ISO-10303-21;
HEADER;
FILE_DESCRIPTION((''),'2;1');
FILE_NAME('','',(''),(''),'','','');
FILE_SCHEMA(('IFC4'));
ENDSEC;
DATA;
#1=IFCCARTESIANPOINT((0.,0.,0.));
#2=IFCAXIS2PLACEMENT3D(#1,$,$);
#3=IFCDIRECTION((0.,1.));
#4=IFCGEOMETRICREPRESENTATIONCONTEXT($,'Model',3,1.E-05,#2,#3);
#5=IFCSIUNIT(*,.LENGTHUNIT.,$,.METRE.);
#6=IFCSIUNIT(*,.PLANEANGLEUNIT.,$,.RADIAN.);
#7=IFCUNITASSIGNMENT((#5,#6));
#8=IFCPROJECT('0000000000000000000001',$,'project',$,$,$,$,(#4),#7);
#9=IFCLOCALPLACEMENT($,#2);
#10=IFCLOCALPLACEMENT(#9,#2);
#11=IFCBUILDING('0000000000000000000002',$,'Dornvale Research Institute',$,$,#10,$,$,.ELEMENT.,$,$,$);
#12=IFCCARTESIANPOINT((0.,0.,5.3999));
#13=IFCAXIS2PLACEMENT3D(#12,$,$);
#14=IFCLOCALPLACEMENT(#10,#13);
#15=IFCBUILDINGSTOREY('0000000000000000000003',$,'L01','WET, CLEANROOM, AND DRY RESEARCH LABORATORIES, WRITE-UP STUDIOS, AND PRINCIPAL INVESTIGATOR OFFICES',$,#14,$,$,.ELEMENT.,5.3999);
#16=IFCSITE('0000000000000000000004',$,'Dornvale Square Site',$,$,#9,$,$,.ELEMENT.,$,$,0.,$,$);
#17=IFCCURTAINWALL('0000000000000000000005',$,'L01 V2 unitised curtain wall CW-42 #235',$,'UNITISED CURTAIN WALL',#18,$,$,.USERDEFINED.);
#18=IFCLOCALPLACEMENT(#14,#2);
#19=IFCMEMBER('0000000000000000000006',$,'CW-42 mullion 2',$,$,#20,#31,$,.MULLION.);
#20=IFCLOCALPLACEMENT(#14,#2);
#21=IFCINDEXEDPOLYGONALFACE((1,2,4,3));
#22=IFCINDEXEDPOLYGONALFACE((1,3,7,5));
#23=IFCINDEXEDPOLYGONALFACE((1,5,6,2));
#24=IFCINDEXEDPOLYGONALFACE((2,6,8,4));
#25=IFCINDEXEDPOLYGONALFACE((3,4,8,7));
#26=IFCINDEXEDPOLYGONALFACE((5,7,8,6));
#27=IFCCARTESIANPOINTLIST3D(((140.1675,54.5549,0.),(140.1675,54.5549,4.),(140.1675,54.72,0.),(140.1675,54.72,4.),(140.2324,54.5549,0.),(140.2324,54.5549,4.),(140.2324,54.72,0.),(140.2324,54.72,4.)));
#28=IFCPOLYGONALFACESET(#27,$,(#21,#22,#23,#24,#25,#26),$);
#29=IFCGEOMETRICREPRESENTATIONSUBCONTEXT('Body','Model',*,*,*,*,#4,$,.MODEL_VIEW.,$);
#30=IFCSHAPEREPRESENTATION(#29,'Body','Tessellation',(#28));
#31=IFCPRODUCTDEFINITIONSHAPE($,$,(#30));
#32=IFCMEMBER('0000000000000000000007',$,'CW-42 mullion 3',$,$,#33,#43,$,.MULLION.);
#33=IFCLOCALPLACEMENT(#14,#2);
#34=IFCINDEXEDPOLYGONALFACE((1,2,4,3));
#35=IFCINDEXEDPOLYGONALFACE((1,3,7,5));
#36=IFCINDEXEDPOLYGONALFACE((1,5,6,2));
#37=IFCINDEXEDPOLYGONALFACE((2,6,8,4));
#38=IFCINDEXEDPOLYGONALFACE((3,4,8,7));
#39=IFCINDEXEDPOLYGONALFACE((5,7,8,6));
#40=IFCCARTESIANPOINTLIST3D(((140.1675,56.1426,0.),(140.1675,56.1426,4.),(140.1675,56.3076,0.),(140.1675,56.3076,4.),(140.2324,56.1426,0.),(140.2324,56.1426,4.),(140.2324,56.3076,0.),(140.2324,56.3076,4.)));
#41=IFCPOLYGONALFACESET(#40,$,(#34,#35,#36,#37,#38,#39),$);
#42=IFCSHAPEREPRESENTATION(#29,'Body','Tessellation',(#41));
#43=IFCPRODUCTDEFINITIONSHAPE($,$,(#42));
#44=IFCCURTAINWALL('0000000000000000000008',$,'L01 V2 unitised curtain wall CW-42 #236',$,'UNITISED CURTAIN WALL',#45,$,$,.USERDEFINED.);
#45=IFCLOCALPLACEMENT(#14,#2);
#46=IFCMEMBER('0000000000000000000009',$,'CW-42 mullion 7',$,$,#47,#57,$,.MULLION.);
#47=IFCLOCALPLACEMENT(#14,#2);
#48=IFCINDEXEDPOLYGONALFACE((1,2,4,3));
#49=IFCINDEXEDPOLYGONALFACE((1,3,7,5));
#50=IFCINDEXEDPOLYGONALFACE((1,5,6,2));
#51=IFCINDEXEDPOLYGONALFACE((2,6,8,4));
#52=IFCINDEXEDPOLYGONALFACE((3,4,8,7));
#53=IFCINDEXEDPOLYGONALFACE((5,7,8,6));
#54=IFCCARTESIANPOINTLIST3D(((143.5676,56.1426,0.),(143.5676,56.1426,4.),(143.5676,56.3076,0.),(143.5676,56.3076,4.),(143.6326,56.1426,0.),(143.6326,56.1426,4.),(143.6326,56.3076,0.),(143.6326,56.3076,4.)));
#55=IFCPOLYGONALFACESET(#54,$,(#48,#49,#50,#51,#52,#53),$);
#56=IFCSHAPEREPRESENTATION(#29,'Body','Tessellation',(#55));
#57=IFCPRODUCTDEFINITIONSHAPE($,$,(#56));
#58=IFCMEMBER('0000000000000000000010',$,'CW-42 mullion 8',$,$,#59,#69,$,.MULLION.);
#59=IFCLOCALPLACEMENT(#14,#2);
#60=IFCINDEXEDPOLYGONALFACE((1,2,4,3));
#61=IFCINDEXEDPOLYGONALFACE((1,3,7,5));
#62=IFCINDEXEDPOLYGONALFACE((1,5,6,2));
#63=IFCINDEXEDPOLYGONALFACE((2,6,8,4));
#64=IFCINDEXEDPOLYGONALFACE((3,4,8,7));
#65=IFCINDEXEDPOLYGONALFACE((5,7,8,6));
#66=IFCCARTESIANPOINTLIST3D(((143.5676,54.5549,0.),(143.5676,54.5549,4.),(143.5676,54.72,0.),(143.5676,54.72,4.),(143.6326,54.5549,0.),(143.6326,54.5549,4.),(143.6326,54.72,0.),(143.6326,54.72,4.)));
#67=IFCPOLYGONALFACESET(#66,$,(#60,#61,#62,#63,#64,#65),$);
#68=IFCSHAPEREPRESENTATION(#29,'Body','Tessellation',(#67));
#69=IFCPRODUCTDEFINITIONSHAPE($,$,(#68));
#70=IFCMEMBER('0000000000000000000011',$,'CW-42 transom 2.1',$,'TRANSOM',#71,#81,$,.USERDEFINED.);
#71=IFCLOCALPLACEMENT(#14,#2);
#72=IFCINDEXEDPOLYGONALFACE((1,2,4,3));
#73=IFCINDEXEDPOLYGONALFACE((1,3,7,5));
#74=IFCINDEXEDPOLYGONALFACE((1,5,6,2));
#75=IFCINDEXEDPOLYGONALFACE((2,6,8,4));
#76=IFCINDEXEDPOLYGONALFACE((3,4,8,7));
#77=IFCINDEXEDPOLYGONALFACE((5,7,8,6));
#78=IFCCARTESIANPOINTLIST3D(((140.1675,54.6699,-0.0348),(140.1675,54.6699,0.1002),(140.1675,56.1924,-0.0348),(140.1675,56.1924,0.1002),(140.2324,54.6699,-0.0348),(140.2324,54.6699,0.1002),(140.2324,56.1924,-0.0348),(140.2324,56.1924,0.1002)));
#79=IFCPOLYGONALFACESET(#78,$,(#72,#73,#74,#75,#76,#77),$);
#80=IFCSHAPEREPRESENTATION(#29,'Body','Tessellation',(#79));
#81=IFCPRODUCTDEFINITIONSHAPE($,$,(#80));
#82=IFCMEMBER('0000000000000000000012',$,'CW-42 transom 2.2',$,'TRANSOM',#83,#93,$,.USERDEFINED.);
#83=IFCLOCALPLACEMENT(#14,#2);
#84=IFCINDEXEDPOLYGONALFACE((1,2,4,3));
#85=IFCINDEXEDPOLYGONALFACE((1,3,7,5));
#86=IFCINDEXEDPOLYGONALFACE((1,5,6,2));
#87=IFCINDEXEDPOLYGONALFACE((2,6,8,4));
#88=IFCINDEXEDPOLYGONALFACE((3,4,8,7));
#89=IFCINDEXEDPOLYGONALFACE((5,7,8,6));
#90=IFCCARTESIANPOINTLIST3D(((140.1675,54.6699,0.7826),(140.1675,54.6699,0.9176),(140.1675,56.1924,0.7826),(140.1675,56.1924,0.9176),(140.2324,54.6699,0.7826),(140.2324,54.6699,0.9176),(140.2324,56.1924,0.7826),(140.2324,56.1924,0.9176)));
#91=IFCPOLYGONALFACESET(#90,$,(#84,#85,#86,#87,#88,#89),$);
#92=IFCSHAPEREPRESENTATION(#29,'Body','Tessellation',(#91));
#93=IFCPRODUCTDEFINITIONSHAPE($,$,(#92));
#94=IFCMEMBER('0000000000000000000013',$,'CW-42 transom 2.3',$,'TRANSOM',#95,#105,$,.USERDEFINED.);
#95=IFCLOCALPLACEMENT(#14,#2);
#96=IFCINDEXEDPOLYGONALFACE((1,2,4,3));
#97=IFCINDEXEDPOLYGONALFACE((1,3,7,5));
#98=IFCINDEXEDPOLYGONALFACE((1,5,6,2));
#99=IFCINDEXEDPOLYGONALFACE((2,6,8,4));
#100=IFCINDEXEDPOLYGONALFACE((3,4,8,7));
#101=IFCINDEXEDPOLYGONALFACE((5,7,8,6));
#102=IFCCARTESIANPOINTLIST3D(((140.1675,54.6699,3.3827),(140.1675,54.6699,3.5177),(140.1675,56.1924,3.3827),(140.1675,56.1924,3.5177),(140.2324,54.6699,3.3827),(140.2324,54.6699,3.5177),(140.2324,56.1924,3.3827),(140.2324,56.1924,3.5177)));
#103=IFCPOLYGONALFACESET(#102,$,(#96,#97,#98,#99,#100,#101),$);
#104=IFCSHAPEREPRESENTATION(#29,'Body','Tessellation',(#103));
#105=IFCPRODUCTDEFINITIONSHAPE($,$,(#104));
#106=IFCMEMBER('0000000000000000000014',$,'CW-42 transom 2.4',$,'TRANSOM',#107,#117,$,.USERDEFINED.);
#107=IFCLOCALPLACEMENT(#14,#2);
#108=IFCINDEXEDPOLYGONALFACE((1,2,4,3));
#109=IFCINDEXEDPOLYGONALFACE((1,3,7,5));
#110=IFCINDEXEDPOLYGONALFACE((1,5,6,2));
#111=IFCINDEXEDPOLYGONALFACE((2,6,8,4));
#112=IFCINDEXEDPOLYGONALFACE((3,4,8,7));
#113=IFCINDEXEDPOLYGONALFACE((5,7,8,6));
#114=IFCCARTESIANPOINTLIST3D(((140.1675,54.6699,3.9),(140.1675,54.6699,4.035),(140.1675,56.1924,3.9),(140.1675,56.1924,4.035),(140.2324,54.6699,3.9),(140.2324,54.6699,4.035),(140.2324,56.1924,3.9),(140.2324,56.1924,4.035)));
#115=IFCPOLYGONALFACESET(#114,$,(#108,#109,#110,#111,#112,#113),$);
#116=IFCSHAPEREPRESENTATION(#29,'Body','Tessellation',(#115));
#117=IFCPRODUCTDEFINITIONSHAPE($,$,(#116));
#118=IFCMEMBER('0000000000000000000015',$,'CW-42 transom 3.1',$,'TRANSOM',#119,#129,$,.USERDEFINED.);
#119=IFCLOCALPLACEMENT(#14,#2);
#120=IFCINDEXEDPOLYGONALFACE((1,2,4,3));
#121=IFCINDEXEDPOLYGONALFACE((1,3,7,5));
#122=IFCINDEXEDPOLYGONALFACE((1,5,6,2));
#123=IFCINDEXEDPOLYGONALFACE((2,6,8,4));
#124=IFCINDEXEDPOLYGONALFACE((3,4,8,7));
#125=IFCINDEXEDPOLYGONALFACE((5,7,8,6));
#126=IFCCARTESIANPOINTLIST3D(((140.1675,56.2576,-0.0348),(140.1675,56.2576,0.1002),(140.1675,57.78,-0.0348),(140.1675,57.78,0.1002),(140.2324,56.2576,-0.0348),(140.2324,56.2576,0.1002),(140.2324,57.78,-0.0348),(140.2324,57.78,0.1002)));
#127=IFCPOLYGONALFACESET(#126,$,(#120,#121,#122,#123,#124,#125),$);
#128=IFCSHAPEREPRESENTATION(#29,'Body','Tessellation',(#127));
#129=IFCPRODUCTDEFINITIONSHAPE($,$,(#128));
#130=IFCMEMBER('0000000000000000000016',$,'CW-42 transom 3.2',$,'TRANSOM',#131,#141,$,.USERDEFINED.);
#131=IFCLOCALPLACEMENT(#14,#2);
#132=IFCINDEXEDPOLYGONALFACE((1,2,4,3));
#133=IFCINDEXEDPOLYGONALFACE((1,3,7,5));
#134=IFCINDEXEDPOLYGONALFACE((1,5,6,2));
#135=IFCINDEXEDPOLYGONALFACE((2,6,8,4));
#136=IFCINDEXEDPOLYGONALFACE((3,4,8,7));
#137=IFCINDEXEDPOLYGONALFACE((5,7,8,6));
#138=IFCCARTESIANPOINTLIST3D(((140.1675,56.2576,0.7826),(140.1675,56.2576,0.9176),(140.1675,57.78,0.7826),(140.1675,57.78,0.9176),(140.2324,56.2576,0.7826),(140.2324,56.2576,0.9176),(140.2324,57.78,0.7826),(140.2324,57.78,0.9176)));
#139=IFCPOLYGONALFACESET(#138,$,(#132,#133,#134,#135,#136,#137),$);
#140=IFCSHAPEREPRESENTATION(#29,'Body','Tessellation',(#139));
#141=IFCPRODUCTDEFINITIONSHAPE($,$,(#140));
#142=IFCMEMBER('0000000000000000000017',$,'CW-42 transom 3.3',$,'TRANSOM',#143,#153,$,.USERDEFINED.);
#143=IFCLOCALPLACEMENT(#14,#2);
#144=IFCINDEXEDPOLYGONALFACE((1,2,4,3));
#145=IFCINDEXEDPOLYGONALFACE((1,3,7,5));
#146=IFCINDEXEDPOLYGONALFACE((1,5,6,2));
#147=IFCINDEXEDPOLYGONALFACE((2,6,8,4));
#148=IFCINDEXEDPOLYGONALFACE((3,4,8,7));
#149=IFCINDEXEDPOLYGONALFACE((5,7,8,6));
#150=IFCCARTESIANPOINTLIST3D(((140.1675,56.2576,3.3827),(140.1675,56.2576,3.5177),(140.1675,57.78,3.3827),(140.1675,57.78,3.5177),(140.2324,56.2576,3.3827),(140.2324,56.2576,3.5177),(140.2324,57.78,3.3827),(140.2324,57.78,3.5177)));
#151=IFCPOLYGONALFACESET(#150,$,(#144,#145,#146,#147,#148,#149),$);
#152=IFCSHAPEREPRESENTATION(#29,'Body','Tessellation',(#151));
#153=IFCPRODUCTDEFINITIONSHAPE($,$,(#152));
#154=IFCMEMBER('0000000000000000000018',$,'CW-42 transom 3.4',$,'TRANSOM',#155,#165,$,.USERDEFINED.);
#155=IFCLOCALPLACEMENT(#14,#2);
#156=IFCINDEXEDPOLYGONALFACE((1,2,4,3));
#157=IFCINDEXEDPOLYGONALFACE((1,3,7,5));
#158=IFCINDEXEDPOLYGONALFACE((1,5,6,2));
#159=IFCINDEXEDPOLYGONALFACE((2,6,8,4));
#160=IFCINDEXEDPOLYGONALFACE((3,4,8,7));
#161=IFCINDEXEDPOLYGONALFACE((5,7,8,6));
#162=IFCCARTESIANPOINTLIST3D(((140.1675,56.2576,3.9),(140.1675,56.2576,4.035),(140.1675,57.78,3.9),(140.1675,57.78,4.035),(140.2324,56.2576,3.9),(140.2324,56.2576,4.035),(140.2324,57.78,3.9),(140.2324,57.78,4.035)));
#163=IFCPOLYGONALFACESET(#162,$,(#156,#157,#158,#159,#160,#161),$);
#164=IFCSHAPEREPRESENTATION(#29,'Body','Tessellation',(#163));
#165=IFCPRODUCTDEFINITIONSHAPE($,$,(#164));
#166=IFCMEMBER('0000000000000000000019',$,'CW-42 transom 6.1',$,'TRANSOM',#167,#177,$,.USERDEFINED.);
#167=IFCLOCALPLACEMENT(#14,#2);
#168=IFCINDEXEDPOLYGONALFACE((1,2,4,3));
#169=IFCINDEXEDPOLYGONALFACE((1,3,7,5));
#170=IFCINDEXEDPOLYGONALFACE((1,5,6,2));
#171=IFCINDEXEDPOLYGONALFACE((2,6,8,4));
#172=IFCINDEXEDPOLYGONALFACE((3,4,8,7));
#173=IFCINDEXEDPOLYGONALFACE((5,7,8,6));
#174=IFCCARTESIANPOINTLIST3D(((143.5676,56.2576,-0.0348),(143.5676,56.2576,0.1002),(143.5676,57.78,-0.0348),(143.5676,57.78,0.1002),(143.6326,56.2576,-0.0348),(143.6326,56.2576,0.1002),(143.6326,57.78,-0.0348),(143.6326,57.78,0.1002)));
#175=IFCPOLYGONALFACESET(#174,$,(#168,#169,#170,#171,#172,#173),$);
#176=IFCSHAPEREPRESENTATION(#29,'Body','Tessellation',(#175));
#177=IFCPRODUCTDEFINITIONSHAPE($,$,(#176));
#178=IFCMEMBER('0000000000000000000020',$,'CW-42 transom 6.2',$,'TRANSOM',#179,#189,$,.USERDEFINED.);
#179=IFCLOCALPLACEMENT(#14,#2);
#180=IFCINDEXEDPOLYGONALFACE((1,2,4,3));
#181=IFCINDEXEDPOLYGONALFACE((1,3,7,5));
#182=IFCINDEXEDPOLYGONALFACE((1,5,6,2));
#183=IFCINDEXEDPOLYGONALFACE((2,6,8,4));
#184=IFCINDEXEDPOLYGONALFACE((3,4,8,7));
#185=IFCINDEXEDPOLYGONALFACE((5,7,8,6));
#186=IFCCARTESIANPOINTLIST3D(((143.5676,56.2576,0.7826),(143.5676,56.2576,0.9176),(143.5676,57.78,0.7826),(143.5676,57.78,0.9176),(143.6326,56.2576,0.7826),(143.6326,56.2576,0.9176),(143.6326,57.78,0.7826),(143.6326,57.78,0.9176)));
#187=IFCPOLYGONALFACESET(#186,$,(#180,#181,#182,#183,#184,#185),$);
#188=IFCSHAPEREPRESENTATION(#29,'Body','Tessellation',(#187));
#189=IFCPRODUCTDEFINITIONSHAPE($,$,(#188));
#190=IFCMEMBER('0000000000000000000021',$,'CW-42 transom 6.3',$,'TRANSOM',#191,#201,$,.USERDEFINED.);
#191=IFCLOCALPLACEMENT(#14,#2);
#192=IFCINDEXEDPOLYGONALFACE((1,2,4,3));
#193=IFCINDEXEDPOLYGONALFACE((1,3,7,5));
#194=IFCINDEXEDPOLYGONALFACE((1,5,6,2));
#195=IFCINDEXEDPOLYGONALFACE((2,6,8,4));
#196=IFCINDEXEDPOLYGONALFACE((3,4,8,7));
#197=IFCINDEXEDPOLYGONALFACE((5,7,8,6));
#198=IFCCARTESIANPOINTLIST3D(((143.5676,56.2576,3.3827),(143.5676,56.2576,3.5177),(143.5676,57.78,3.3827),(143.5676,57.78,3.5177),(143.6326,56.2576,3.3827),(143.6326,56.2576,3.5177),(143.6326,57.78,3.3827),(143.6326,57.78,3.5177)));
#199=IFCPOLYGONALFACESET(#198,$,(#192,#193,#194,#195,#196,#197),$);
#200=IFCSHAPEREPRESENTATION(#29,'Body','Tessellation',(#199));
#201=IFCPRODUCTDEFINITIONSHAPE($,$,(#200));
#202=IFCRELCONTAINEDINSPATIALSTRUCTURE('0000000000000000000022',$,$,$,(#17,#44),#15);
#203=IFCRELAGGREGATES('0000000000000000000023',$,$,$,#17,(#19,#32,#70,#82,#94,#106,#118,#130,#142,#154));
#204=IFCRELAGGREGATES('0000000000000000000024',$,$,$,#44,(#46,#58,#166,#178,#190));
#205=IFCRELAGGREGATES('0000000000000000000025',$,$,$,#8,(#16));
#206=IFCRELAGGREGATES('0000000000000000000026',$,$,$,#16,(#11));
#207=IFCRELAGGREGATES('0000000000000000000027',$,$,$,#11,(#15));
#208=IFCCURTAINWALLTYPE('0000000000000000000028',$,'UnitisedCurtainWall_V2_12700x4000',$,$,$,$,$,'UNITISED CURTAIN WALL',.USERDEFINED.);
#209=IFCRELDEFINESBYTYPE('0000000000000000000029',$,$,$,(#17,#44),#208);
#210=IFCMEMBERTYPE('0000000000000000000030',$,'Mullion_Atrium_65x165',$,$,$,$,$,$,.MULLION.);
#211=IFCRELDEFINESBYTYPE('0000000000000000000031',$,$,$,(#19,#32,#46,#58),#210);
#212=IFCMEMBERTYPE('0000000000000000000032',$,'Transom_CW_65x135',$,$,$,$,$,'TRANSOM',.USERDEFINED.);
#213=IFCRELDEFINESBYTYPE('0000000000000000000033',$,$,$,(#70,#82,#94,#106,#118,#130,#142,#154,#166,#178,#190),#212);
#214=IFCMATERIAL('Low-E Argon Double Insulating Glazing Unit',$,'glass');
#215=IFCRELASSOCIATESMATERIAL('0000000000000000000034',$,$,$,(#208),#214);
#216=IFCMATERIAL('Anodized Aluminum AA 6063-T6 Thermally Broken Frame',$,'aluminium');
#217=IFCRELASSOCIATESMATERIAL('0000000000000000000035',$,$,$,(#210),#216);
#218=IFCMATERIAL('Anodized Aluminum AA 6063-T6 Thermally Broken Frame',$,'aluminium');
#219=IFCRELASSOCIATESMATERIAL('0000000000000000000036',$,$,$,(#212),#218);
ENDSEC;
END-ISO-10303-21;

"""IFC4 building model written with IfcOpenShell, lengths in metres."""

from ifc_helpers import new_model, si_unit, direction, frame, origin, origin_2d, place, context, subcontext, project, spatial, rectangle, extrude, material, material_profile, profile_set, type_object, element, aggregate, save


model = new_model("IFC4")

# Units and contexts
model_context = context("Model", 3, precision=1e-05, world=origin(), true_north=direction((0.0, 1.0)))
body_context = subcontext(model_context, "Body", "Model", "MODEL_VIEW")
ifc_project = project(units=[si_unit("LENGTHUNIT", "METRE"), si_unit("PLANEANGLEUNIT", "RADIAN")], contexts=[model_context])

# Site, building, storey
site_placement = place(None, origin())
site = spatial("IfcSite", under=ifc_project, at=site_placement, Name="Dornvale Square Site", CompositionType="ELEMENT", RefElevation=0.0)
building_placement = place(site_placement, origin())
building = spatial("IfcBuilding", under=site, at=building_placement, Name="Dornvale Research Institute", CompositionType="ELEMENT")
storey_placement = place(building_placement, frame((0.0, 0.0, 5.3999)))
storey = spatial("IfcBuildingStorey", under=building, at=storey_placement, Name="L01", Description="WET, CLEANROOM, AND DRY RESEARCH LABORATORIES, WRITE-UP STUDIOS, AND PRINCIPAL INVESTIGATOR OFFICES", CompositionType="ELEMENT", Elevation=5.3999)

# Curtain walls, members
ifc_material_1 = material(Name="Low-E Argon Double Insulating Glazing Unit", Category="glass")
curtain_wall_type = type_object("IfcCurtainWallType", Name="UnitisedCurtainWall_V2_12700x4000", ElementType="UNITISED CURTAIN WALL", PredefinedType="USERDEFINED", material=ifc_material_1)
curtain_wall_1_placement = place(storey_placement, origin())
curtain_wall_1 = element("IfcCurtainWall", 1, at=curtain_wall_1_placement, inside=storey, type_object=curtain_wall_type, Name="L01 V2 unitised curtain wall CW-42 #235", ObjectType="UNITISED CURTAIN WALL", PredefinedType="USERDEFINED")
ifc_material_2 = material(Name="Anodized Aluminum AA 6063-T6 Thermally Broken Frame", Category="aluminium")
ifc_material_profile_1 = material_profile(ifc_material_2, rectangle(XDim=0.0649, YDim=0.165, at=origin_2d()), Name="ALU MULLION 65x165")
ifc_profile_set_1 = profile_set([ifc_material_profile_1], Name="Anodized Aluminum AA 6063-T6 Thermally Broken Frame")
member_type_1 = type_object("IfcMemberType", Name="Mullion_Atrium_65x165", PredefinedType="MULLION", material=ifc_profile_set_1)
member_1_placement = place(storey_placement, frame((140.2, 54.6375, 0.0), z_axis=(0.0, 0.0, 1.0), x_axis=(-1.0, 0.0, 0.0)))
member_1 = element("IfcMember", 2, at=member_1_placement, type_object=member_type_1, Name="CW-42 mullion 2", PredefinedType="MULLION", context=body_context, shape_type="SweptSolid", body=[
    extrude(rectangle(XDim=0.0649, YDim=0.165, at=origin_2d()), origin(), (0.0, 0.0, 1.0), 4.0),
])
member_2_placement = place(storey_placement, frame((140.2, 56.2251, 0.0), z_axis=(0.0, 0.0, 1.0), x_axis=(-1.0, 0.0, 0.0)))
member_2 = element("IfcMember", 3, at=member_2_placement, type_object=member_type_1, Name="CW-42 mullion 3", PredefinedType="MULLION", context=body_context, shape_type="SweptSolid", body=[
    extrude(rectangle(XDim=0.0649, YDim=0.165, at=origin_2d()), origin(), (0.0, 0.0, 1.0), 4.0),
])
curtain_wall_2_placement = place(storey_placement, origin())
curtain_wall_2 = element("IfcCurtainWall", 4, at=curtain_wall_2_placement, inside=storey, type_object=curtain_wall_type, Name="L01 V2 unitised curtain wall CW-42 #236", ObjectType="UNITISED CURTAIN WALL", PredefinedType="USERDEFINED")
member_3_placement = place(storey_placement, frame((143.6001, 56.2251, 0.0), z_axis=(0.0, 0.0, 1.0), x_axis=(1.0, 0.0, 0.0)))
member_3 = element("IfcMember", 5, at=member_3_placement, type_object=member_type_1, Name="CW-42 mullion 7", PredefinedType="MULLION", context=body_context, shape_type="SweptSolid", body=[
    extrude(rectangle(XDim=0.0649, YDim=0.165, at=origin_2d()), origin(), (0.0, 0.0, 1.0), 4.0),
])
member_4_placement = place(storey_placement, frame((143.6001, 54.6375, 0.0), z_axis=(0.0, 0.0, 1.0), x_axis=(1.0, 0.0, 0.0)))
member_4 = element("IfcMember", 6, at=member_4_placement, type_object=member_type_1, Name="CW-42 mullion 8", PredefinedType="MULLION", context=body_context, shape_type="SweptSolid", body=[
    extrude(rectangle(XDim=0.0649, YDim=0.165, at=origin_2d()), origin(), (0.0, 0.0, 1.0), 4.0),
])

# Members
ifc_material_3 = material(Name="Anodized Aluminum AA 6063-T6 Thermally Broken Frame", Category="aluminium")
ifc_material_profile_2 = material_profile(ifc_material_3, rectangle(XDim=0.0649, YDim=0.135, at=origin_2d()), Name="ALU TRANSOM 65x135")
ifc_profile_set_2 = profile_set([ifc_material_profile_2], Name="Anodized Aluminum AA 6063-T6 Thermally Broken Frame")
member_type_2 = type_object("IfcMemberType", Name="Transom_CW_65x135", ElementType="TRANSOM", PredefinedType="USERDEFINED", material=ifc_profile_set_2)
member_5_placement = place(storey_placement, frame((140.2, 54.6699, 0.0327), z_axis=(0.0, 1.0, 0.0), x_axis=(-1.0, 0.0, 0.0)))
member_5 = element("IfcMember", 7, at=member_5_placement, type_object=member_type_2, Name="CW-42 transom 2.1", ObjectType="TRANSOM", PredefinedType="USERDEFINED", context=body_context, shape_type="SweptSolid", body=[
    extrude(rectangle(XDim=0.0649, YDim=0.135, at=origin_2d()), origin(), (0.0, 0.0, 1.0), 1.5225),
])
member_6_placement = place(storey_placement, frame((140.2, 54.6699, 0.8501), z_axis=(0.0, 1.0, 0.0), x_axis=(-1.0, 0.0, 0.0)))
member_6 = element("IfcMember", 8, at=member_6_placement, type_object=member_type_2, Name="CW-42 transom 2.2", ObjectType="TRANSOM", PredefinedType="USERDEFINED", context=body_context, shape_type="SweptSolid", body=[
    extrude(rectangle(XDim=0.0649, YDim=0.135, at=origin_2d()), origin(), (0.0, 0.0, 1.0), 1.5225),
])
member_7_placement = place(storey_placement, frame((140.2, 54.6699, 3.4502), z_axis=(0.0, 1.0, 0.0), x_axis=(-1.0, 0.0, 0.0)))
member_7 = element("IfcMember", 9, at=member_7_placement, type_object=member_type_2, Name="CW-42 transom 2.3", ObjectType="TRANSOM", PredefinedType="USERDEFINED", context=body_context, shape_type="SweptSolid", body=[
    extrude(rectangle(XDim=0.0649, YDim=0.135, at=origin_2d()), origin(), (0.0, 0.0, 1.0), 1.5225),
])
member_8_placement = place(storey_placement, frame((140.2, 54.6699, 3.9675), z_axis=(0.0, 1.0, 0.0), x_axis=(-1.0, 0.0, 0.0)))
member_8 = element("IfcMember", 10, at=member_8_placement, type_object=member_type_2, Name="CW-42 transom 2.4", ObjectType="TRANSOM", PredefinedType="USERDEFINED", context=body_context, shape_type="SweptSolid", body=[
    extrude(rectangle(XDim=0.0649, YDim=0.135, at=origin_2d()), origin(), (0.0, 0.0, 1.0), 1.5225),
])
member_9_placement = place(storey_placement, frame((140.2, 56.2576, 0.0327), z_axis=(0.0, 1.0, 0.0), x_axis=(-1.0, 0.0, 0.0)))
member_9 = element("IfcMember", 11, at=member_9_placement, type_object=member_type_2, Name="CW-42 transom 3.1", ObjectType="TRANSOM", PredefinedType="USERDEFINED", context=body_context, shape_type="SweptSolid", body=[
    extrude(rectangle(XDim=0.0649, YDim=0.135, at=origin_2d()), origin(), (0.0, 0.0, 1.0), 1.5225),
])
member_10_placement = place(storey_placement, frame((140.2, 56.2576, 0.8501), z_axis=(0.0, 1.0, 0.0), x_axis=(-1.0, 0.0, 0.0)))
member_10 = element("IfcMember", 12, at=member_10_placement, type_object=member_type_2, Name="CW-42 transom 3.2", ObjectType="TRANSOM", PredefinedType="USERDEFINED", context=body_context, shape_type="SweptSolid", body=[
    extrude(rectangle(XDim=0.0649, YDim=0.135, at=origin_2d()), origin(), (0.0, 0.0, 1.0), 1.5225),
])
member_11_placement = place(storey_placement, frame((140.2, 56.2576, 3.4502), z_axis=(0.0, 1.0, 0.0), x_axis=(-1.0, 0.0, 0.0)))
member_11 = element("IfcMember", 13, at=member_11_placement, type_object=member_type_2, Name="CW-42 transom 3.3", ObjectType="TRANSOM", PredefinedType="USERDEFINED", context=body_context, shape_type="SweptSolid", body=[
    extrude(rectangle(XDim=0.0649, YDim=0.135, at=origin_2d()), origin(), (0.0, 0.0, 1.0), 1.5225),
])
member_12_placement = place(storey_placement, frame((140.2, 56.2576, 3.9675), z_axis=(0.0, 1.0, 0.0), x_axis=(-1.0, 0.0, 0.0)))
member_12 = element("IfcMember", 14, at=member_12_placement, type_object=member_type_2, Name="CW-42 transom 3.4", ObjectType="TRANSOM", PredefinedType="USERDEFINED", context=body_context, shape_type="SweptSolid", body=[
    extrude(rectangle(XDim=0.0649, YDim=0.135, at=origin_2d()), origin(), (0.0, 0.0, 1.0), 1.5225),
])
member_13_placement = place(storey_placement, frame((143.6001, 57.78, 0.0327), z_axis=(0.0, -1.0, 0.0), x_axis=(1.0, 0.0, 0.0)))
member_13 = element("IfcMember", 15, at=member_13_placement, type_object=member_type_2, Name="CW-42 transom 6.1", ObjectType="TRANSOM", PredefinedType="USERDEFINED", context=body_context, shape_type="SweptSolid", body=[
    extrude(rectangle(XDim=0.0649, YDim=0.135, at=origin_2d()), origin(), (0.0, 0.0, 1.0), 1.5225),
])
member_14_placement = place(storey_placement, frame((143.6001, 57.78, 0.8501), z_axis=(0.0, -1.0, 0.0), x_axis=(1.0, 0.0, 0.0)))
member_14 = element("IfcMember", 16, at=member_14_placement, type_object=member_type_2, Name="CW-42 transom 6.2", ObjectType="TRANSOM", PredefinedType="USERDEFINED", context=body_context, shape_type="SweptSolid", body=[
    extrude(rectangle(XDim=0.0649, YDim=0.135, at=origin_2d()), origin(), (0.0, 0.0, 1.0), 1.5225),
])
member_15_placement = place(storey_placement, frame((143.6001, 57.78, 3.4502), z_axis=(0.0, -1.0, 0.0), x_axis=(1.0, 0.0, 0.0)))
member_15 = element("IfcMember", 17, at=member_15_placement, type_object=member_type_2, Name="CW-42 transom 6.3", ObjectType="TRANSOM", PredefinedType="USERDEFINED", context=body_context, shape_type="SweptSolid", body=[
    extrude(rectangle(XDim=0.0649, YDim=0.135, at=origin_2d()), origin(), (0.0, 0.0, 1.0), 1.5225),
])

aggregate(curtain_wall_1, [member_1, member_2, member_5, member_6, member_7, member_8, member_9, member_10, member_11, member_12])
aggregate(curtain_wall_2, [member_3, member_4, member_13, member_14, member_15])

save(model, "model.ifc")
